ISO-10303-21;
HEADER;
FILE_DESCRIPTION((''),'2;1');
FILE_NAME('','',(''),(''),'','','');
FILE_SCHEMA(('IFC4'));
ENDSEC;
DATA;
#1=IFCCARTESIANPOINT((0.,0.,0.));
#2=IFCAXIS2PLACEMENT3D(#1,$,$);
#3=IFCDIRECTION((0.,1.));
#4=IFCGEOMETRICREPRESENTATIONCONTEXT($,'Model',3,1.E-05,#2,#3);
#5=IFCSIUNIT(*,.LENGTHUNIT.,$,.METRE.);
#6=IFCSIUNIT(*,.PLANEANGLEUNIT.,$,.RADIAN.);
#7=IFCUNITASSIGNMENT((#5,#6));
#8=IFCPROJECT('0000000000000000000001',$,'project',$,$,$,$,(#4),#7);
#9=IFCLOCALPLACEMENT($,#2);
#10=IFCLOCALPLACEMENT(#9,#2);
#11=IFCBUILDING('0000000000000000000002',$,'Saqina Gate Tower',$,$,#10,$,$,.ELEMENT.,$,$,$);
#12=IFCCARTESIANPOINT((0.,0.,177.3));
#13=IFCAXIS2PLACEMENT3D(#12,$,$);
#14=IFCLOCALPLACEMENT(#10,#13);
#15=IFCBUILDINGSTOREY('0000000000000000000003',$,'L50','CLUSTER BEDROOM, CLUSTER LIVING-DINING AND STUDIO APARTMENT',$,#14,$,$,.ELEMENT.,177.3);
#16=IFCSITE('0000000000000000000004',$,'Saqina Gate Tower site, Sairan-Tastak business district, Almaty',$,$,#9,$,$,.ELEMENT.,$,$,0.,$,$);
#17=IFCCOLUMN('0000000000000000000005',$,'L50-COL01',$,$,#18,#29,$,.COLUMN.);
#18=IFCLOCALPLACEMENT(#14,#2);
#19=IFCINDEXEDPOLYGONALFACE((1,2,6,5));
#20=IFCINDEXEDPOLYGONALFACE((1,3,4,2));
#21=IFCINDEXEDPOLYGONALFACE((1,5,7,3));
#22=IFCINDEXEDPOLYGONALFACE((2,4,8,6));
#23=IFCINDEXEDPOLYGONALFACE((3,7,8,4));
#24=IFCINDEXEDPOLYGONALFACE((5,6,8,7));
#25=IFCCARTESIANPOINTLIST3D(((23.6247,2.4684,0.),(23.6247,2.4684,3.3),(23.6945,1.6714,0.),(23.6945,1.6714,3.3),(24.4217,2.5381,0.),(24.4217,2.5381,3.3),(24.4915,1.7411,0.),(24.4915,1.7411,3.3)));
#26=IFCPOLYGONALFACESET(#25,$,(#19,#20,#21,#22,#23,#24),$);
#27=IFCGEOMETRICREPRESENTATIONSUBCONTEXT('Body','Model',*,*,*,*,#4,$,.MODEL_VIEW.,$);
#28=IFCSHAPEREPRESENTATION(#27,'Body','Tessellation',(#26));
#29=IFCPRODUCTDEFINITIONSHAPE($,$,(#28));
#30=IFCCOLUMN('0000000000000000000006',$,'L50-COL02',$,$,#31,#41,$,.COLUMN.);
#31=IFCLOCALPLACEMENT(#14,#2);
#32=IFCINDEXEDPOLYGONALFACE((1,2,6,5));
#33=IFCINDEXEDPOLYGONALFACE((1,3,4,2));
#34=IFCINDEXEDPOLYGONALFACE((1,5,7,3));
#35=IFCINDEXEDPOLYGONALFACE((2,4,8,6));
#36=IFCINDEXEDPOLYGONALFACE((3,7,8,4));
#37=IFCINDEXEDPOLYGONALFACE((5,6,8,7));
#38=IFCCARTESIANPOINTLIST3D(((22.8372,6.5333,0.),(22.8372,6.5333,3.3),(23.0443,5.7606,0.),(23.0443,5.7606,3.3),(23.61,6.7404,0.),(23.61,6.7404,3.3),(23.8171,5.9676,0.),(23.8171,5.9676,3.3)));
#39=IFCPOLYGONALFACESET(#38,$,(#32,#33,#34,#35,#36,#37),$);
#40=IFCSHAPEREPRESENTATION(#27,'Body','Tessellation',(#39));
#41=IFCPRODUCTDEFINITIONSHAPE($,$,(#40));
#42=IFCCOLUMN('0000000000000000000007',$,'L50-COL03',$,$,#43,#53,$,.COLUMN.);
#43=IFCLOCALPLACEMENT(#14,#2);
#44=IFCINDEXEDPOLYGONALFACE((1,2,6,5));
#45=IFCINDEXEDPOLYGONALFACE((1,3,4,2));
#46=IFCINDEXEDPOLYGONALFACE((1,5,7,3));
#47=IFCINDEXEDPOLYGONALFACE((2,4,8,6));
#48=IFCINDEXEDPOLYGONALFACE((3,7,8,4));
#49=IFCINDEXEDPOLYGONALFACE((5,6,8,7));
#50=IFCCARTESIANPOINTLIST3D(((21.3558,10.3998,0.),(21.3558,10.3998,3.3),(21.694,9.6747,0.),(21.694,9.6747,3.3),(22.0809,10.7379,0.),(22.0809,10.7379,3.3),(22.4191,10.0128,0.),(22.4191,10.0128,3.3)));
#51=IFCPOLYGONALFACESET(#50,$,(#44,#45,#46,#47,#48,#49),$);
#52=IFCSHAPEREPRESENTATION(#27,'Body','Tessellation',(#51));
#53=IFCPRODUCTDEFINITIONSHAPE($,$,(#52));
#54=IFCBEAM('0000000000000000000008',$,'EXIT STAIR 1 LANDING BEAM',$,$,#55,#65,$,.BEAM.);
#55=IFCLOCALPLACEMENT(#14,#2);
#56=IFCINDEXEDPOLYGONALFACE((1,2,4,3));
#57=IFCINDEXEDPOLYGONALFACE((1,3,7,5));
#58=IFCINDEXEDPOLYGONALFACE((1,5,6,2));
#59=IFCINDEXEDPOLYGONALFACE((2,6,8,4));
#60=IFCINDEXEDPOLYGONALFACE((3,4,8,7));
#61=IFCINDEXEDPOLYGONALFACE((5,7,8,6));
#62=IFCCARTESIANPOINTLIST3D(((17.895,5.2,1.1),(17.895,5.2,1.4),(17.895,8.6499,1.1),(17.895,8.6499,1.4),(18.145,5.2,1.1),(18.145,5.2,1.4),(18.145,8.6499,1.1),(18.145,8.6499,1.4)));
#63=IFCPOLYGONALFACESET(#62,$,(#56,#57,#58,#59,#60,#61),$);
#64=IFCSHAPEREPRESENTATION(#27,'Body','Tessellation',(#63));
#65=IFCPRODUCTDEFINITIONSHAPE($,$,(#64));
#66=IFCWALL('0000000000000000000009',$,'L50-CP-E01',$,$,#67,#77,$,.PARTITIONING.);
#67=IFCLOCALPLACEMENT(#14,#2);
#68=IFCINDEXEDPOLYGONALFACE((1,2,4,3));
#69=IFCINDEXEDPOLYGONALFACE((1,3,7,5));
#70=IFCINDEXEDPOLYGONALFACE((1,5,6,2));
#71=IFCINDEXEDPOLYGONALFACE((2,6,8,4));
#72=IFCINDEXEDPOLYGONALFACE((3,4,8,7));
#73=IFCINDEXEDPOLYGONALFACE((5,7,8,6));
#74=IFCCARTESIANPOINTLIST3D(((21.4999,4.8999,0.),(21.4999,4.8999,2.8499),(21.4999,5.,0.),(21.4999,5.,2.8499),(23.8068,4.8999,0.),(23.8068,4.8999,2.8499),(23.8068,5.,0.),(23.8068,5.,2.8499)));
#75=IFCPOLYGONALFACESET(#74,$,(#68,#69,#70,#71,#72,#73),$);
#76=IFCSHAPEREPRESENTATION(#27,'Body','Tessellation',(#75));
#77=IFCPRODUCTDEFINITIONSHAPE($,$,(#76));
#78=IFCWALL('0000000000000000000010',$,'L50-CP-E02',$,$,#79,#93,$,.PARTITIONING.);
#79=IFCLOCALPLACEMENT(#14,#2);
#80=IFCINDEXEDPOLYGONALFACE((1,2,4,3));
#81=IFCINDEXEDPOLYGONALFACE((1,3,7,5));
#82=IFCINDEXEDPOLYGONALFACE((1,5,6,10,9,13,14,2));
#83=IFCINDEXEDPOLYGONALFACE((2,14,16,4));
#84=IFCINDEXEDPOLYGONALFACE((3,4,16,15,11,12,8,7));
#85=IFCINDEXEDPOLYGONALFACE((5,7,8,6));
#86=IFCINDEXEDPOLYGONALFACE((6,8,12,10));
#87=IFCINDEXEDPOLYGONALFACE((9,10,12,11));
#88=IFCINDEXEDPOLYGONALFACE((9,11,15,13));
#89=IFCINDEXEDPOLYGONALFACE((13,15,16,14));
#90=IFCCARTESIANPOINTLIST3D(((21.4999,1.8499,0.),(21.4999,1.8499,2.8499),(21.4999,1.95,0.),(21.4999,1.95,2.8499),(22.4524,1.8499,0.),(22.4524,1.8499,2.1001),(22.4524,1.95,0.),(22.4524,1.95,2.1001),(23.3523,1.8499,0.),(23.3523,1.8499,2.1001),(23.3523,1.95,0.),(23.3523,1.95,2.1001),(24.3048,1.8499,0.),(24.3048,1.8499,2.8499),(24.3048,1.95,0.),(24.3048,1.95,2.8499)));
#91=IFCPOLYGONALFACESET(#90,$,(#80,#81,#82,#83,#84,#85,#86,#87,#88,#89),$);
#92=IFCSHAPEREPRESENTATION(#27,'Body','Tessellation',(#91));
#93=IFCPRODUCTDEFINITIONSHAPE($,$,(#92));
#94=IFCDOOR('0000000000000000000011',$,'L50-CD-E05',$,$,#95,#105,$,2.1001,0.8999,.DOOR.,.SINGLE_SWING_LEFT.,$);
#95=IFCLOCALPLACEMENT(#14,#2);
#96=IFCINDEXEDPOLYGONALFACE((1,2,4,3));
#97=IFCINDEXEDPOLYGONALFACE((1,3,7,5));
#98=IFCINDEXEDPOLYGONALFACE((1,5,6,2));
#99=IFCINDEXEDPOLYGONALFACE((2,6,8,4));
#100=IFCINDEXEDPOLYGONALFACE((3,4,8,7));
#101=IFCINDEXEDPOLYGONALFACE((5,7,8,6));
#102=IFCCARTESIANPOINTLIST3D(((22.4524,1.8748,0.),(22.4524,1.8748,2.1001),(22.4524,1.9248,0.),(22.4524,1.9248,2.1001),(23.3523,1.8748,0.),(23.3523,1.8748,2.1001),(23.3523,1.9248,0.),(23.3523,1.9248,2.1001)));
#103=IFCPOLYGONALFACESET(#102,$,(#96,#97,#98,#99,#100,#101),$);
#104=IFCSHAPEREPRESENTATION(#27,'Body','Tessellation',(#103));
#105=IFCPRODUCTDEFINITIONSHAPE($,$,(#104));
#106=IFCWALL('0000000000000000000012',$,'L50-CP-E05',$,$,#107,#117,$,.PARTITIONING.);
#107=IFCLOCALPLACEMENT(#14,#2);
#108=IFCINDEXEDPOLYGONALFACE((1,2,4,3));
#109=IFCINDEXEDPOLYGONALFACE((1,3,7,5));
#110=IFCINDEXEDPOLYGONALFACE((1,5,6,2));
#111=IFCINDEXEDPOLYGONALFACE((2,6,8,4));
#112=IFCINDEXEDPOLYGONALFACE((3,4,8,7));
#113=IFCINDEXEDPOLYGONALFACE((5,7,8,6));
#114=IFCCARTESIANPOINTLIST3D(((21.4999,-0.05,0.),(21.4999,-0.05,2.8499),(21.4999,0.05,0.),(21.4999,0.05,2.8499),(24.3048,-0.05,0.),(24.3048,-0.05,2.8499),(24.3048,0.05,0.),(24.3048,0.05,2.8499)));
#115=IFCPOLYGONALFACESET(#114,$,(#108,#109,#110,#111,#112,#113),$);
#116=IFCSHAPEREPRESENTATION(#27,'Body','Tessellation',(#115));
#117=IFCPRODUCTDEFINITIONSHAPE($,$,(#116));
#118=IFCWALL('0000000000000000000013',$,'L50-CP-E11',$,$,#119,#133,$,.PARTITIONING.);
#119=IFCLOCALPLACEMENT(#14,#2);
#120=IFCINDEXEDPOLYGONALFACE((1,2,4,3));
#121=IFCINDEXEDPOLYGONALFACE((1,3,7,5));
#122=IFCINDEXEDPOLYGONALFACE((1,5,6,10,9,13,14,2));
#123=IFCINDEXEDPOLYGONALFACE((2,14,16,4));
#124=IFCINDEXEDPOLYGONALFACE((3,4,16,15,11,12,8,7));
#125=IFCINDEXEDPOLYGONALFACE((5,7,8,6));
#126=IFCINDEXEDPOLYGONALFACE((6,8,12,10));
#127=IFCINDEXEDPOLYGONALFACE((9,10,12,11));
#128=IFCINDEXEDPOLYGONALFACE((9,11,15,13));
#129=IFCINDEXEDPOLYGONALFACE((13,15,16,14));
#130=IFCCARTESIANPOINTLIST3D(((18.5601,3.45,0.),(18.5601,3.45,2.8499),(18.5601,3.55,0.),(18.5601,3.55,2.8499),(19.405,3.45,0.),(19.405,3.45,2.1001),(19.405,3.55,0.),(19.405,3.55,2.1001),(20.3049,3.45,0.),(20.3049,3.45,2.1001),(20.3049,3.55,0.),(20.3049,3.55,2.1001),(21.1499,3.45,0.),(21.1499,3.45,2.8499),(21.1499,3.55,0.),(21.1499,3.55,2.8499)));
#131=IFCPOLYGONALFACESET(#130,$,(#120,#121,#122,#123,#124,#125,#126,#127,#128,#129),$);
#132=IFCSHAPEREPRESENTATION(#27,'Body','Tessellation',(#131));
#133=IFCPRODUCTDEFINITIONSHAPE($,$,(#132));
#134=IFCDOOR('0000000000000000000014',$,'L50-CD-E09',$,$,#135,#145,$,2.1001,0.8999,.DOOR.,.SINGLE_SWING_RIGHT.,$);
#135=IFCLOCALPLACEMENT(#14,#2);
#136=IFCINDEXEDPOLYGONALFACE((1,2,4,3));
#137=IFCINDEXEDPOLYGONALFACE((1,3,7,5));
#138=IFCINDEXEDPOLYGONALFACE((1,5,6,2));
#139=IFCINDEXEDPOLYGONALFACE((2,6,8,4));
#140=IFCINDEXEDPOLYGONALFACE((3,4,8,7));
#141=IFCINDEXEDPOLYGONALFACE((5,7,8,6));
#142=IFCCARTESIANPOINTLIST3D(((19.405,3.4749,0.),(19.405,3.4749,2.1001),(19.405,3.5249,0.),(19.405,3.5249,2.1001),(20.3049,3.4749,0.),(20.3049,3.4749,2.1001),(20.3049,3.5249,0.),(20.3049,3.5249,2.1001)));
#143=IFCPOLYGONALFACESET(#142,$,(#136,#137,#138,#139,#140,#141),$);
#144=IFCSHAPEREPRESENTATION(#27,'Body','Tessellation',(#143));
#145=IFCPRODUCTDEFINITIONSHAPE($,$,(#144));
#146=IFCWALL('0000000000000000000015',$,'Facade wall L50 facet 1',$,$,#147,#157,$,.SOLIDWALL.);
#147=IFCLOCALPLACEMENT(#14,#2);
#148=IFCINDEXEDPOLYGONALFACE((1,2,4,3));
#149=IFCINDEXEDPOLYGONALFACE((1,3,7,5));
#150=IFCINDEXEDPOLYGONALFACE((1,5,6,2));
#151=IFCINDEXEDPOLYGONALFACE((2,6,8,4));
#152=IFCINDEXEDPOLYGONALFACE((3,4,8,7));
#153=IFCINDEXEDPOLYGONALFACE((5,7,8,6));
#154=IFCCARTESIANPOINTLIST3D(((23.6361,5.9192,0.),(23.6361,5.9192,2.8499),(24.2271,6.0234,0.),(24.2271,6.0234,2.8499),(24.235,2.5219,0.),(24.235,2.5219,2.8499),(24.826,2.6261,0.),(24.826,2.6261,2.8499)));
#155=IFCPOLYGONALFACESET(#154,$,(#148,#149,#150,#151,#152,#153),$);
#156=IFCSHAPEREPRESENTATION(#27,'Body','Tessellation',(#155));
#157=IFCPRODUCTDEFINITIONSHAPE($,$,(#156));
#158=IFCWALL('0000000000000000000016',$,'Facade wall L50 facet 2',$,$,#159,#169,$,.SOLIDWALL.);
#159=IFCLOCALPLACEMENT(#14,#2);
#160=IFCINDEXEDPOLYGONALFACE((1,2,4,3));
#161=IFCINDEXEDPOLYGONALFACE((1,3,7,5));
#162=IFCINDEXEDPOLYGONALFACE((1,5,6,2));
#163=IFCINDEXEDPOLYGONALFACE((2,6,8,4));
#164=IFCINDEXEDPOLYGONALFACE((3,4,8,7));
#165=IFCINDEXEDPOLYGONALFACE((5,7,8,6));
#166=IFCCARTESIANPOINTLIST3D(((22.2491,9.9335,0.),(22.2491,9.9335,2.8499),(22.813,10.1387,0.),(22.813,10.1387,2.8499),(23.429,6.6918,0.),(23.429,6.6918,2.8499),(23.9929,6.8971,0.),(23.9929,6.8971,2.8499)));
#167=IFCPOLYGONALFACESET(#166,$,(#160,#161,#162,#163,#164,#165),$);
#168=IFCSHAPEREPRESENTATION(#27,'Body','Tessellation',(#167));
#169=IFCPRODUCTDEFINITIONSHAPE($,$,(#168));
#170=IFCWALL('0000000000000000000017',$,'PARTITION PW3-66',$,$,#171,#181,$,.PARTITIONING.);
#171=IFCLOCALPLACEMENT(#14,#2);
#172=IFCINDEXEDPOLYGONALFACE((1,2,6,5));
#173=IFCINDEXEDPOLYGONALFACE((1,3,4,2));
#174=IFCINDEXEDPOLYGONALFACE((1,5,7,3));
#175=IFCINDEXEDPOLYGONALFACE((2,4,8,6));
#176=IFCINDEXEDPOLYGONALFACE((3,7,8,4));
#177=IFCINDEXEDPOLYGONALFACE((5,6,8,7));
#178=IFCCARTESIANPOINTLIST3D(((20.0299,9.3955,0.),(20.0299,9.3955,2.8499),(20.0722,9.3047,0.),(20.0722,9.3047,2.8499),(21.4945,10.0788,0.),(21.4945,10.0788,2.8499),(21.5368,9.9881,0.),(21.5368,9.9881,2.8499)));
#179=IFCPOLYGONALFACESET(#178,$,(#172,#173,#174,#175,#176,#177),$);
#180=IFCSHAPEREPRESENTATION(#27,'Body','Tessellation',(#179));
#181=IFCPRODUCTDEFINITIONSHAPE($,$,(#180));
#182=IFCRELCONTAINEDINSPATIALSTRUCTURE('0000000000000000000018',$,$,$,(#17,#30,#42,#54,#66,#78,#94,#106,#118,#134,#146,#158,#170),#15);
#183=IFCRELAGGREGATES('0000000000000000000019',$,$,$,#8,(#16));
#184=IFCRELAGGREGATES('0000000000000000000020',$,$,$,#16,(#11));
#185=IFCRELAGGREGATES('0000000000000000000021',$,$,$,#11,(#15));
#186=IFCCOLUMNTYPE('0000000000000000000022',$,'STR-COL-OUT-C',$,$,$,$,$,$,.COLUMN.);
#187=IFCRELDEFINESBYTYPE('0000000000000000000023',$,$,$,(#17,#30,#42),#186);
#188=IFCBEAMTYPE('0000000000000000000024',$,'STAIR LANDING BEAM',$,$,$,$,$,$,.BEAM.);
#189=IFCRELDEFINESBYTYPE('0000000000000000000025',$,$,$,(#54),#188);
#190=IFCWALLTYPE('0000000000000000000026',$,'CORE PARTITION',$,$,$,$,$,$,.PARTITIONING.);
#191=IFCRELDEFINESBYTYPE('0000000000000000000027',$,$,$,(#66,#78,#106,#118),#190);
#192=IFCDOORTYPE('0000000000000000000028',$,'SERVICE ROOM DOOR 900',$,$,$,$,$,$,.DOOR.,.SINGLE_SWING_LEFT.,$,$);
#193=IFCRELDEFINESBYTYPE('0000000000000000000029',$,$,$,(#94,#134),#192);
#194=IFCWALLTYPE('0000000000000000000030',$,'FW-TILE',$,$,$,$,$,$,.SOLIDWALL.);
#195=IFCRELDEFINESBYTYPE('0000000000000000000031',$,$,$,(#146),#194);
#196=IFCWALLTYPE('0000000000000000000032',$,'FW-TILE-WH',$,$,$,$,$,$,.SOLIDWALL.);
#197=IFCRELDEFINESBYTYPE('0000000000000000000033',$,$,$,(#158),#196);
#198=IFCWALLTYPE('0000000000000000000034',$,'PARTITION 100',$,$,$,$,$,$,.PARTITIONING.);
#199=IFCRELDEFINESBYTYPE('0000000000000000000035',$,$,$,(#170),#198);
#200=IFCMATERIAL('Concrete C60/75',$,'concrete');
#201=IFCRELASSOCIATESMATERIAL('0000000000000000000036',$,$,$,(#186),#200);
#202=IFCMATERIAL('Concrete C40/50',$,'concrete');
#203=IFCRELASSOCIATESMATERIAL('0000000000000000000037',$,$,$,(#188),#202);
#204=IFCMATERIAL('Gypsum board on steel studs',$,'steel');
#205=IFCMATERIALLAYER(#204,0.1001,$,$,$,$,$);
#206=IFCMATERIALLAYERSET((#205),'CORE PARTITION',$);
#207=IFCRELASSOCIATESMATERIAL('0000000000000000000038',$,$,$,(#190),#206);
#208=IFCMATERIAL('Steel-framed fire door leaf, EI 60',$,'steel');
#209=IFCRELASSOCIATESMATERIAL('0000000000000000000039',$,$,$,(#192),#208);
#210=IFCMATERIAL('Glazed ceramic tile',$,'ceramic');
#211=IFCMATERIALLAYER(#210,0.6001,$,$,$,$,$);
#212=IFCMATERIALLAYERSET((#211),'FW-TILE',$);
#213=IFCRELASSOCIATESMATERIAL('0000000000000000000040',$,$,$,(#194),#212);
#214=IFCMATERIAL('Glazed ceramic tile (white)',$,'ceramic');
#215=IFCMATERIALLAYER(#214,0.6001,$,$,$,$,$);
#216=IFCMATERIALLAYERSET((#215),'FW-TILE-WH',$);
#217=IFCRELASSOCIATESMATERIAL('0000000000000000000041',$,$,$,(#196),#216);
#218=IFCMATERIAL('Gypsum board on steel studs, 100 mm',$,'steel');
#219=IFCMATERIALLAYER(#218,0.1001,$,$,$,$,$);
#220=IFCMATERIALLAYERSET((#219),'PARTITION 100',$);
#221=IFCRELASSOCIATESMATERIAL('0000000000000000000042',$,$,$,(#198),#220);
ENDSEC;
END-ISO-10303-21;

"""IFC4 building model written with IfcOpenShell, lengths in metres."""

from ifc_helpers import new_model, si_unit, direction, frame, frame_2d, origin, origin_2d, place, context, subcontext, project, spatial, rectangle, extrude, material, layer, layer_set, material_profile, profile_set, type_object, element, fill, save


model = new_model("IFC4")

# Units and contexts
model_context = context("Model", 3, precision=1e-05, world=origin(), true_north=direction((0.0, 1.0)))
body_context = subcontext(model_context, "Body", "Model", "MODEL_VIEW")
ifc_project = project(units=[si_unit("LENGTHUNIT", "METRE"), si_unit("PLANEANGLEUNIT", "RADIAN")], contexts=[model_context])

# Site, building, storey
site_placement = place(None, origin())
site = spatial("IfcSite", under=ifc_project, at=site_placement, Name="Saqina Gate Tower site, Sairan-Tastak business district, Almaty", CompositionType="ELEMENT", RefElevation=0.0)
building_placement = place(site_placement, origin())
building = spatial("IfcBuilding", under=site, at=building_placement, Name="Saqina Gate Tower", CompositionType="ELEMENT")
storey_placement = place(building_placement, frame((0.0, 0.0, 177.3)))
storey = spatial("IfcBuildingStorey", under=building, at=storey_placement, Name="L50", Description="CLUSTER BEDROOM, CLUSTER LIVING-DINING AND STUDIO APARTMENT", CompositionType="ELEMENT", Elevation=177.3)

# Columns
ifc_material_1 = material(Name="Concrete C60/75", Category="concrete")
ifc_material_profile_1 = material_profile(ifc_material_1, rectangle(XDim=0.8, YDim=0.8, at=origin_2d()), Name="RC 800x800")
ifc_profile_set_1 = profile_set([ifc_material_profile_1], Name="Concrete C60/75")
column_type = type_object("IfcColumnType", Name="STR-COL-OUT-C", PredefinedType="COLUMN", material=ifc_profile_set_1)
for number, where, z_axis, x_axis, name in (
    (1, (24.0581, 2.1047, 0.0), (0.0, 0.0, 1.0), (0.996195, 0.087156, 0.0), "L50-COL01"),
    (2, (23.3271, 6.2505, 0.0), (0.0, 0.0, 1.0), (0.965926, 0.258819, 0.0), "L50-COL02"),
    (3, (21.8875, 10.2063, 0.0), (0.0, 0.0, 1.0), (0.906308, 0.422618, 0.0), "L50-COL03"),
):
    element("IfcColumn", number, at=place(storey_placement, frame(where, z_axis=z_axis, x_axis=x_axis)), inside=storey, type_object=column_type, Name=name, PredefinedType="COLUMN", context=body_context, shape_type="SweptSolid", body=[
        extrude(rectangle(XDim=0.8, YDim=0.8, at=origin_2d()), origin(), (0.0, 0.0, 1.0), 3.3),
    ])

# Beam
ifc_material_2 = material(Name="Concrete C40/50", Category="concrete")
ifc_material_profile_2 = material_profile(ifc_material_2, rectangle(XDim=0.25, YDim=0.3, at=origin_2d()), Name="STAIR LANDING BEAM")
ifc_profile_set_2 = profile_set([ifc_material_profile_2], Name="Concrete C40/50")
beam_type = type_object("IfcBeamType", Name="STAIR LANDING BEAM", PredefinedType="BEAM", material=ifc_profile_set_2)
beam_placement = place(storey_placement, frame((18.02, 5.2, 1.25), z_axis=(0.0, 1.0, 0.0), x_axis=(-1.0, 0.0, 0.0)))
element("IfcBeam", 4, at=beam_placement, inside=storey, type_object=beam_type, Name="EXIT STAIR 1 LANDING BEAM", PredefinedType="BEAM", context=body_context, shape_type="SweptSolid", body=[
    extrude(rectangle(XDim=0.25, YDim=0.3, at=origin_2d()), origin(), (0.0, 0.0, 1.0), 3.45),
])

# Wall
ifc_material_3 = material(Name="Gypsum board on steel studs", Category="steel")
ifc_layer_1 = layer(ifc_material_3, 0.1001)
ifc_layer_set_1 = layer_set([ifc_layer_1], Name="CORE PARTITION")
wall_type_1 = type_object("IfcWallType", Name="CORE PARTITION", PredefinedType="PARTITIONING", material=ifc_layer_set_1)
wall_1_placement = place(storey_placement, frame((21.5, 4.95, 0.0), z_axis=(0.0, 0.0, 1.0), x_axis=(1.0, 0.0, 0.0)))
element("IfcWall", 5, at=wall_1_placement, inside=storey, type_object=wall_type_1, Name="L50-CP-E01", PredefinedType="PARTITIONING", context=body_context, shape_type="SweptSolid", body=[
    extrude(rectangle(XDim=2.3069, YDim=0.1001, at=frame_2d((1.1533, 0.0))), origin(), (0.0, 0.0, 1.0), 2.8499),
])

# Wall, opening, door
wall_2_placement = place(storey_placement, frame((21.5, 1.8999, 0.0), z_axis=(0.0, 0.0, 1.0), x_axis=(1.0, 0.0, 0.0)))
wall_2 = element("IfcWall", 6, at=wall_2_placement, inside=storey, type_object=wall_type_1, Name="L50-CP-E02", PredefinedType="PARTITIONING", context=body_context, shape_type="SweptSolid", body=[
    extrude(rectangle(XDim=2.8049, YDim=0.1001, at=frame_2d((1.4023, 0.0))), origin(), (0.0, 0.0, 1.0), 2.8499),
])
opening_1_placement = place(wall_2_placement, frame((0.9524, 0.0, 0.0)))
opening_1 = element("IfcOpeningElement", 7, at=opening_1_placement, cuts=wall_2, PredefinedType="OPENING", context=body_context, shape_type="SweptSolid", body=[
    extrude(rectangle(XDim=0.8999, YDim=2.1001, at=frame_2d((0.45, 1.05))), frame((0.0, 0.062, 0.0), z_axis=(0.0, -1.0, 0.0), x_axis=(1.0, 0.0, 0.0)), (0.0, 0.0, 1.0), 0.124),
])
ifc_material_4 = material(Name="Steel-framed fire door leaf, EI 60", Category="steel")
door_type_1 = type_object("IfcDoorType", Name="SERVICE ROOM DOOR 900", OperationType="SINGLE_SWING_LEFT", PredefinedType="DOOR", material=ifc_material_4)
door_1_placement = place(opening_1_placement, origin())
door_1 = element("IfcDoor", 8, at=door_1_placement, inside=storey, type_object=door_type_1, Name="L50-CD-E05", OperationType="SINGLE_SWING_LEFT", OverallHeight=2.1001, OverallWidth=0.8999, PredefinedType="DOOR", context=body_context, shape_type="SweptSolid", body=[
    extrude(rectangle(XDim=0.8999, YDim=2.1001, at=frame_2d((0.45, 1.05))), frame((0.0, 0.0249, 0.0), z_axis=(0.0, -1.0, 0.0), x_axis=(1.0, 0.0, 0.0)), (0.0, 0.0, 1.0), 0.05),
])
fill(opening_1, door_1)

# Wall
wall_3_placement = place(storey_placement, frame((21.5, 0.0, 0.0), z_axis=(0.0, 0.0, 1.0), x_axis=(1.0, 0.0, 0.0)))
element("IfcWall", 9, at=wall_3_placement, inside=storey, type_object=wall_type_1, Name="L50-CP-E05", PredefinedType="PARTITIONING", context=body_context, shape_type="SweptSolid", body=[
    extrude(rectangle(XDim=2.8049, YDim=0.1001, at=frame_2d((1.4023, 0.0))), origin(), (0.0, 0.0, 1.0), 2.8499),
])

# Wall, opening, door
wall_4_placement = place(storey_placement, frame((18.5601, 3.5, 0.0), z_axis=(0.0, 0.0, 1.0), x_axis=(1.0, 0.0, 0.0)))
wall_4 = element("IfcWall", 10, at=wall_4_placement, inside=storey, type_object=wall_type_1, Name="L50-CP-E11", PredefinedType="PARTITIONING", context=body_context, shape_type="SweptSolid", body=[
    extrude(rectangle(XDim=2.5898, YDim=0.1001, at=frame_2d((1.2949, 0.0))), origin(), (0.0, 0.0, 1.0), 2.8499),
])
opening_2_placement = place(wall_4_placement, frame((0.845, 0.0, 0.0)))
opening_2 = element("IfcOpeningElement", 11, at=opening_2_placement, cuts=wall_4, PredefinedType="OPENING", context=body_context, shape_type="SweptSolid", body=[
    extrude(rectangle(XDim=0.8999, YDim=2.1001, at=frame_2d((0.45, 1.05))), frame((0.0, 0.062, 0.0), z_axis=(0.0, -1.0, 0.0), x_axis=(1.0, 0.0, 0.0)), (0.0, 0.0, 1.0), 0.124),
])
door_2_placement = place(opening_2_placement, origin())
door_2 = element("IfcDoor", 12, at=door_2_placement, inside=storey, type_object=door_type_1, Name="L50-CD-E09", OperationType="SINGLE_SWING_RIGHT", OverallHeight=2.1001, OverallWidth=0.8999, PredefinedType="DOOR", context=body_context, shape_type="SweptSolid", body=[
    extrude(rectangle(XDim=0.8999, YDim=2.1001, at=frame_2d((0.45, 1.05))), frame((0.0, 0.0249, 0.0), z_axis=(0.0, -1.0, 0.0), x_axis=(1.0, 0.0, 0.0)), (0.0, 0.0, 1.0), 0.05),
])
fill(opening_2, door_2)

# Walls
ifc_material_5 = material(Name="Glazed ceramic tile", Category="ceramic")
ifc_layer_2 = layer(ifc_material_5, 0.6001)
ifc_layer_set_2 = layer_set([ifc_layer_2], Name="FW-TILE")
wall_type_2 = type_object("IfcWallType", Name="FW-TILE", PredefinedType="SOLIDWALL", material=ifc_layer_set_2)
wall_5_placement = place(storey_placement, frame((24.5305, 2.574, 0.0), z_axis=(0.0, 0.0, 1.0), x_axis=(-0.173608, 0.984815, 0.0)))
element("IfcWall", 13, at=wall_5_placement, inside=storey, type_object=wall_type_2, Name="Facade wall L50 facet 1", PredefinedType="SOLIDWALL", context=body_context, shape_type="SweptSolid", body=[
    extrude(rectangle(XDim=3.4497, YDim=0.6001, at=frame_2d((1.7249, 0.0))), origin(), (0.0, 0.0, 1.0), 2.8499),
])
ifc_material_6 = material(Name="Glazed ceramic tile (white)", Category="ceramic")
ifc_layer_3 = layer(ifc_material_6, 0.6001)
ifc_layer_set_3 = layer_set([ifc_layer_3], Name="FW-TILE-WH")
wall_type_3 = type_object("IfcWallType", Name="FW-TILE-WH", PredefinedType="SOLIDWALL", material=ifc_layer_set_3)
wall_6_placement = place(storey_placement, frame((23.7109, 6.7944, 0.0), z_axis=(0.0, 0.0, 1.0), x_axis=(-0.342033, 0.939688, 0.0)))
element("IfcWall", 14, at=wall_6_placement, inside=storey, type_object=wall_type_3, Name="Facade wall L50 facet 2", PredefinedType="SOLIDWALL", context=body_context, shape_type="SweptSolid", body=[
    extrude(rectangle(XDim=3.4497, YDim=0.6001, at=frame_2d((1.7249, 0.0))), origin(), (0.0, 0.0, 1.0), 2.8499),
])
ifc_material_7 = material(Name="Gypsum board on steel studs, 100 mm", Category="steel")
ifc_layer_4 = layer(ifc_material_7, 0.1001)
ifc_layer_set_4 = layer_set([ifc_layer_4], Name="PARTITION 100")
wall_type_4 = type_object("IfcWallType", Name="PARTITION 100", PredefinedType="PARTITIONING", material=ifc_layer_set_4)
wall_7_placement = place(storey_placement, frame((20.051, 9.3501, 0.0), z_axis=(0.0, 0.0, 1.0), x_axis=(0.906214, 0.422819, 0.0)))
element("IfcWall", 15, at=wall_7_placement, inside=storey, type_object=wall_type_4, Name="PARTITION PW3-66", PredefinedType="PARTITIONING", context=body_context, shape_type="SweptSolid", body=[
    extrude(rectangle(XDim=1.6162, YDim=0.1001, at=frame_2d((0.8081, 0.0))), origin(), (0.0, 0.0, 1.0), 2.8499),
])

save(model, "model.ifc")
